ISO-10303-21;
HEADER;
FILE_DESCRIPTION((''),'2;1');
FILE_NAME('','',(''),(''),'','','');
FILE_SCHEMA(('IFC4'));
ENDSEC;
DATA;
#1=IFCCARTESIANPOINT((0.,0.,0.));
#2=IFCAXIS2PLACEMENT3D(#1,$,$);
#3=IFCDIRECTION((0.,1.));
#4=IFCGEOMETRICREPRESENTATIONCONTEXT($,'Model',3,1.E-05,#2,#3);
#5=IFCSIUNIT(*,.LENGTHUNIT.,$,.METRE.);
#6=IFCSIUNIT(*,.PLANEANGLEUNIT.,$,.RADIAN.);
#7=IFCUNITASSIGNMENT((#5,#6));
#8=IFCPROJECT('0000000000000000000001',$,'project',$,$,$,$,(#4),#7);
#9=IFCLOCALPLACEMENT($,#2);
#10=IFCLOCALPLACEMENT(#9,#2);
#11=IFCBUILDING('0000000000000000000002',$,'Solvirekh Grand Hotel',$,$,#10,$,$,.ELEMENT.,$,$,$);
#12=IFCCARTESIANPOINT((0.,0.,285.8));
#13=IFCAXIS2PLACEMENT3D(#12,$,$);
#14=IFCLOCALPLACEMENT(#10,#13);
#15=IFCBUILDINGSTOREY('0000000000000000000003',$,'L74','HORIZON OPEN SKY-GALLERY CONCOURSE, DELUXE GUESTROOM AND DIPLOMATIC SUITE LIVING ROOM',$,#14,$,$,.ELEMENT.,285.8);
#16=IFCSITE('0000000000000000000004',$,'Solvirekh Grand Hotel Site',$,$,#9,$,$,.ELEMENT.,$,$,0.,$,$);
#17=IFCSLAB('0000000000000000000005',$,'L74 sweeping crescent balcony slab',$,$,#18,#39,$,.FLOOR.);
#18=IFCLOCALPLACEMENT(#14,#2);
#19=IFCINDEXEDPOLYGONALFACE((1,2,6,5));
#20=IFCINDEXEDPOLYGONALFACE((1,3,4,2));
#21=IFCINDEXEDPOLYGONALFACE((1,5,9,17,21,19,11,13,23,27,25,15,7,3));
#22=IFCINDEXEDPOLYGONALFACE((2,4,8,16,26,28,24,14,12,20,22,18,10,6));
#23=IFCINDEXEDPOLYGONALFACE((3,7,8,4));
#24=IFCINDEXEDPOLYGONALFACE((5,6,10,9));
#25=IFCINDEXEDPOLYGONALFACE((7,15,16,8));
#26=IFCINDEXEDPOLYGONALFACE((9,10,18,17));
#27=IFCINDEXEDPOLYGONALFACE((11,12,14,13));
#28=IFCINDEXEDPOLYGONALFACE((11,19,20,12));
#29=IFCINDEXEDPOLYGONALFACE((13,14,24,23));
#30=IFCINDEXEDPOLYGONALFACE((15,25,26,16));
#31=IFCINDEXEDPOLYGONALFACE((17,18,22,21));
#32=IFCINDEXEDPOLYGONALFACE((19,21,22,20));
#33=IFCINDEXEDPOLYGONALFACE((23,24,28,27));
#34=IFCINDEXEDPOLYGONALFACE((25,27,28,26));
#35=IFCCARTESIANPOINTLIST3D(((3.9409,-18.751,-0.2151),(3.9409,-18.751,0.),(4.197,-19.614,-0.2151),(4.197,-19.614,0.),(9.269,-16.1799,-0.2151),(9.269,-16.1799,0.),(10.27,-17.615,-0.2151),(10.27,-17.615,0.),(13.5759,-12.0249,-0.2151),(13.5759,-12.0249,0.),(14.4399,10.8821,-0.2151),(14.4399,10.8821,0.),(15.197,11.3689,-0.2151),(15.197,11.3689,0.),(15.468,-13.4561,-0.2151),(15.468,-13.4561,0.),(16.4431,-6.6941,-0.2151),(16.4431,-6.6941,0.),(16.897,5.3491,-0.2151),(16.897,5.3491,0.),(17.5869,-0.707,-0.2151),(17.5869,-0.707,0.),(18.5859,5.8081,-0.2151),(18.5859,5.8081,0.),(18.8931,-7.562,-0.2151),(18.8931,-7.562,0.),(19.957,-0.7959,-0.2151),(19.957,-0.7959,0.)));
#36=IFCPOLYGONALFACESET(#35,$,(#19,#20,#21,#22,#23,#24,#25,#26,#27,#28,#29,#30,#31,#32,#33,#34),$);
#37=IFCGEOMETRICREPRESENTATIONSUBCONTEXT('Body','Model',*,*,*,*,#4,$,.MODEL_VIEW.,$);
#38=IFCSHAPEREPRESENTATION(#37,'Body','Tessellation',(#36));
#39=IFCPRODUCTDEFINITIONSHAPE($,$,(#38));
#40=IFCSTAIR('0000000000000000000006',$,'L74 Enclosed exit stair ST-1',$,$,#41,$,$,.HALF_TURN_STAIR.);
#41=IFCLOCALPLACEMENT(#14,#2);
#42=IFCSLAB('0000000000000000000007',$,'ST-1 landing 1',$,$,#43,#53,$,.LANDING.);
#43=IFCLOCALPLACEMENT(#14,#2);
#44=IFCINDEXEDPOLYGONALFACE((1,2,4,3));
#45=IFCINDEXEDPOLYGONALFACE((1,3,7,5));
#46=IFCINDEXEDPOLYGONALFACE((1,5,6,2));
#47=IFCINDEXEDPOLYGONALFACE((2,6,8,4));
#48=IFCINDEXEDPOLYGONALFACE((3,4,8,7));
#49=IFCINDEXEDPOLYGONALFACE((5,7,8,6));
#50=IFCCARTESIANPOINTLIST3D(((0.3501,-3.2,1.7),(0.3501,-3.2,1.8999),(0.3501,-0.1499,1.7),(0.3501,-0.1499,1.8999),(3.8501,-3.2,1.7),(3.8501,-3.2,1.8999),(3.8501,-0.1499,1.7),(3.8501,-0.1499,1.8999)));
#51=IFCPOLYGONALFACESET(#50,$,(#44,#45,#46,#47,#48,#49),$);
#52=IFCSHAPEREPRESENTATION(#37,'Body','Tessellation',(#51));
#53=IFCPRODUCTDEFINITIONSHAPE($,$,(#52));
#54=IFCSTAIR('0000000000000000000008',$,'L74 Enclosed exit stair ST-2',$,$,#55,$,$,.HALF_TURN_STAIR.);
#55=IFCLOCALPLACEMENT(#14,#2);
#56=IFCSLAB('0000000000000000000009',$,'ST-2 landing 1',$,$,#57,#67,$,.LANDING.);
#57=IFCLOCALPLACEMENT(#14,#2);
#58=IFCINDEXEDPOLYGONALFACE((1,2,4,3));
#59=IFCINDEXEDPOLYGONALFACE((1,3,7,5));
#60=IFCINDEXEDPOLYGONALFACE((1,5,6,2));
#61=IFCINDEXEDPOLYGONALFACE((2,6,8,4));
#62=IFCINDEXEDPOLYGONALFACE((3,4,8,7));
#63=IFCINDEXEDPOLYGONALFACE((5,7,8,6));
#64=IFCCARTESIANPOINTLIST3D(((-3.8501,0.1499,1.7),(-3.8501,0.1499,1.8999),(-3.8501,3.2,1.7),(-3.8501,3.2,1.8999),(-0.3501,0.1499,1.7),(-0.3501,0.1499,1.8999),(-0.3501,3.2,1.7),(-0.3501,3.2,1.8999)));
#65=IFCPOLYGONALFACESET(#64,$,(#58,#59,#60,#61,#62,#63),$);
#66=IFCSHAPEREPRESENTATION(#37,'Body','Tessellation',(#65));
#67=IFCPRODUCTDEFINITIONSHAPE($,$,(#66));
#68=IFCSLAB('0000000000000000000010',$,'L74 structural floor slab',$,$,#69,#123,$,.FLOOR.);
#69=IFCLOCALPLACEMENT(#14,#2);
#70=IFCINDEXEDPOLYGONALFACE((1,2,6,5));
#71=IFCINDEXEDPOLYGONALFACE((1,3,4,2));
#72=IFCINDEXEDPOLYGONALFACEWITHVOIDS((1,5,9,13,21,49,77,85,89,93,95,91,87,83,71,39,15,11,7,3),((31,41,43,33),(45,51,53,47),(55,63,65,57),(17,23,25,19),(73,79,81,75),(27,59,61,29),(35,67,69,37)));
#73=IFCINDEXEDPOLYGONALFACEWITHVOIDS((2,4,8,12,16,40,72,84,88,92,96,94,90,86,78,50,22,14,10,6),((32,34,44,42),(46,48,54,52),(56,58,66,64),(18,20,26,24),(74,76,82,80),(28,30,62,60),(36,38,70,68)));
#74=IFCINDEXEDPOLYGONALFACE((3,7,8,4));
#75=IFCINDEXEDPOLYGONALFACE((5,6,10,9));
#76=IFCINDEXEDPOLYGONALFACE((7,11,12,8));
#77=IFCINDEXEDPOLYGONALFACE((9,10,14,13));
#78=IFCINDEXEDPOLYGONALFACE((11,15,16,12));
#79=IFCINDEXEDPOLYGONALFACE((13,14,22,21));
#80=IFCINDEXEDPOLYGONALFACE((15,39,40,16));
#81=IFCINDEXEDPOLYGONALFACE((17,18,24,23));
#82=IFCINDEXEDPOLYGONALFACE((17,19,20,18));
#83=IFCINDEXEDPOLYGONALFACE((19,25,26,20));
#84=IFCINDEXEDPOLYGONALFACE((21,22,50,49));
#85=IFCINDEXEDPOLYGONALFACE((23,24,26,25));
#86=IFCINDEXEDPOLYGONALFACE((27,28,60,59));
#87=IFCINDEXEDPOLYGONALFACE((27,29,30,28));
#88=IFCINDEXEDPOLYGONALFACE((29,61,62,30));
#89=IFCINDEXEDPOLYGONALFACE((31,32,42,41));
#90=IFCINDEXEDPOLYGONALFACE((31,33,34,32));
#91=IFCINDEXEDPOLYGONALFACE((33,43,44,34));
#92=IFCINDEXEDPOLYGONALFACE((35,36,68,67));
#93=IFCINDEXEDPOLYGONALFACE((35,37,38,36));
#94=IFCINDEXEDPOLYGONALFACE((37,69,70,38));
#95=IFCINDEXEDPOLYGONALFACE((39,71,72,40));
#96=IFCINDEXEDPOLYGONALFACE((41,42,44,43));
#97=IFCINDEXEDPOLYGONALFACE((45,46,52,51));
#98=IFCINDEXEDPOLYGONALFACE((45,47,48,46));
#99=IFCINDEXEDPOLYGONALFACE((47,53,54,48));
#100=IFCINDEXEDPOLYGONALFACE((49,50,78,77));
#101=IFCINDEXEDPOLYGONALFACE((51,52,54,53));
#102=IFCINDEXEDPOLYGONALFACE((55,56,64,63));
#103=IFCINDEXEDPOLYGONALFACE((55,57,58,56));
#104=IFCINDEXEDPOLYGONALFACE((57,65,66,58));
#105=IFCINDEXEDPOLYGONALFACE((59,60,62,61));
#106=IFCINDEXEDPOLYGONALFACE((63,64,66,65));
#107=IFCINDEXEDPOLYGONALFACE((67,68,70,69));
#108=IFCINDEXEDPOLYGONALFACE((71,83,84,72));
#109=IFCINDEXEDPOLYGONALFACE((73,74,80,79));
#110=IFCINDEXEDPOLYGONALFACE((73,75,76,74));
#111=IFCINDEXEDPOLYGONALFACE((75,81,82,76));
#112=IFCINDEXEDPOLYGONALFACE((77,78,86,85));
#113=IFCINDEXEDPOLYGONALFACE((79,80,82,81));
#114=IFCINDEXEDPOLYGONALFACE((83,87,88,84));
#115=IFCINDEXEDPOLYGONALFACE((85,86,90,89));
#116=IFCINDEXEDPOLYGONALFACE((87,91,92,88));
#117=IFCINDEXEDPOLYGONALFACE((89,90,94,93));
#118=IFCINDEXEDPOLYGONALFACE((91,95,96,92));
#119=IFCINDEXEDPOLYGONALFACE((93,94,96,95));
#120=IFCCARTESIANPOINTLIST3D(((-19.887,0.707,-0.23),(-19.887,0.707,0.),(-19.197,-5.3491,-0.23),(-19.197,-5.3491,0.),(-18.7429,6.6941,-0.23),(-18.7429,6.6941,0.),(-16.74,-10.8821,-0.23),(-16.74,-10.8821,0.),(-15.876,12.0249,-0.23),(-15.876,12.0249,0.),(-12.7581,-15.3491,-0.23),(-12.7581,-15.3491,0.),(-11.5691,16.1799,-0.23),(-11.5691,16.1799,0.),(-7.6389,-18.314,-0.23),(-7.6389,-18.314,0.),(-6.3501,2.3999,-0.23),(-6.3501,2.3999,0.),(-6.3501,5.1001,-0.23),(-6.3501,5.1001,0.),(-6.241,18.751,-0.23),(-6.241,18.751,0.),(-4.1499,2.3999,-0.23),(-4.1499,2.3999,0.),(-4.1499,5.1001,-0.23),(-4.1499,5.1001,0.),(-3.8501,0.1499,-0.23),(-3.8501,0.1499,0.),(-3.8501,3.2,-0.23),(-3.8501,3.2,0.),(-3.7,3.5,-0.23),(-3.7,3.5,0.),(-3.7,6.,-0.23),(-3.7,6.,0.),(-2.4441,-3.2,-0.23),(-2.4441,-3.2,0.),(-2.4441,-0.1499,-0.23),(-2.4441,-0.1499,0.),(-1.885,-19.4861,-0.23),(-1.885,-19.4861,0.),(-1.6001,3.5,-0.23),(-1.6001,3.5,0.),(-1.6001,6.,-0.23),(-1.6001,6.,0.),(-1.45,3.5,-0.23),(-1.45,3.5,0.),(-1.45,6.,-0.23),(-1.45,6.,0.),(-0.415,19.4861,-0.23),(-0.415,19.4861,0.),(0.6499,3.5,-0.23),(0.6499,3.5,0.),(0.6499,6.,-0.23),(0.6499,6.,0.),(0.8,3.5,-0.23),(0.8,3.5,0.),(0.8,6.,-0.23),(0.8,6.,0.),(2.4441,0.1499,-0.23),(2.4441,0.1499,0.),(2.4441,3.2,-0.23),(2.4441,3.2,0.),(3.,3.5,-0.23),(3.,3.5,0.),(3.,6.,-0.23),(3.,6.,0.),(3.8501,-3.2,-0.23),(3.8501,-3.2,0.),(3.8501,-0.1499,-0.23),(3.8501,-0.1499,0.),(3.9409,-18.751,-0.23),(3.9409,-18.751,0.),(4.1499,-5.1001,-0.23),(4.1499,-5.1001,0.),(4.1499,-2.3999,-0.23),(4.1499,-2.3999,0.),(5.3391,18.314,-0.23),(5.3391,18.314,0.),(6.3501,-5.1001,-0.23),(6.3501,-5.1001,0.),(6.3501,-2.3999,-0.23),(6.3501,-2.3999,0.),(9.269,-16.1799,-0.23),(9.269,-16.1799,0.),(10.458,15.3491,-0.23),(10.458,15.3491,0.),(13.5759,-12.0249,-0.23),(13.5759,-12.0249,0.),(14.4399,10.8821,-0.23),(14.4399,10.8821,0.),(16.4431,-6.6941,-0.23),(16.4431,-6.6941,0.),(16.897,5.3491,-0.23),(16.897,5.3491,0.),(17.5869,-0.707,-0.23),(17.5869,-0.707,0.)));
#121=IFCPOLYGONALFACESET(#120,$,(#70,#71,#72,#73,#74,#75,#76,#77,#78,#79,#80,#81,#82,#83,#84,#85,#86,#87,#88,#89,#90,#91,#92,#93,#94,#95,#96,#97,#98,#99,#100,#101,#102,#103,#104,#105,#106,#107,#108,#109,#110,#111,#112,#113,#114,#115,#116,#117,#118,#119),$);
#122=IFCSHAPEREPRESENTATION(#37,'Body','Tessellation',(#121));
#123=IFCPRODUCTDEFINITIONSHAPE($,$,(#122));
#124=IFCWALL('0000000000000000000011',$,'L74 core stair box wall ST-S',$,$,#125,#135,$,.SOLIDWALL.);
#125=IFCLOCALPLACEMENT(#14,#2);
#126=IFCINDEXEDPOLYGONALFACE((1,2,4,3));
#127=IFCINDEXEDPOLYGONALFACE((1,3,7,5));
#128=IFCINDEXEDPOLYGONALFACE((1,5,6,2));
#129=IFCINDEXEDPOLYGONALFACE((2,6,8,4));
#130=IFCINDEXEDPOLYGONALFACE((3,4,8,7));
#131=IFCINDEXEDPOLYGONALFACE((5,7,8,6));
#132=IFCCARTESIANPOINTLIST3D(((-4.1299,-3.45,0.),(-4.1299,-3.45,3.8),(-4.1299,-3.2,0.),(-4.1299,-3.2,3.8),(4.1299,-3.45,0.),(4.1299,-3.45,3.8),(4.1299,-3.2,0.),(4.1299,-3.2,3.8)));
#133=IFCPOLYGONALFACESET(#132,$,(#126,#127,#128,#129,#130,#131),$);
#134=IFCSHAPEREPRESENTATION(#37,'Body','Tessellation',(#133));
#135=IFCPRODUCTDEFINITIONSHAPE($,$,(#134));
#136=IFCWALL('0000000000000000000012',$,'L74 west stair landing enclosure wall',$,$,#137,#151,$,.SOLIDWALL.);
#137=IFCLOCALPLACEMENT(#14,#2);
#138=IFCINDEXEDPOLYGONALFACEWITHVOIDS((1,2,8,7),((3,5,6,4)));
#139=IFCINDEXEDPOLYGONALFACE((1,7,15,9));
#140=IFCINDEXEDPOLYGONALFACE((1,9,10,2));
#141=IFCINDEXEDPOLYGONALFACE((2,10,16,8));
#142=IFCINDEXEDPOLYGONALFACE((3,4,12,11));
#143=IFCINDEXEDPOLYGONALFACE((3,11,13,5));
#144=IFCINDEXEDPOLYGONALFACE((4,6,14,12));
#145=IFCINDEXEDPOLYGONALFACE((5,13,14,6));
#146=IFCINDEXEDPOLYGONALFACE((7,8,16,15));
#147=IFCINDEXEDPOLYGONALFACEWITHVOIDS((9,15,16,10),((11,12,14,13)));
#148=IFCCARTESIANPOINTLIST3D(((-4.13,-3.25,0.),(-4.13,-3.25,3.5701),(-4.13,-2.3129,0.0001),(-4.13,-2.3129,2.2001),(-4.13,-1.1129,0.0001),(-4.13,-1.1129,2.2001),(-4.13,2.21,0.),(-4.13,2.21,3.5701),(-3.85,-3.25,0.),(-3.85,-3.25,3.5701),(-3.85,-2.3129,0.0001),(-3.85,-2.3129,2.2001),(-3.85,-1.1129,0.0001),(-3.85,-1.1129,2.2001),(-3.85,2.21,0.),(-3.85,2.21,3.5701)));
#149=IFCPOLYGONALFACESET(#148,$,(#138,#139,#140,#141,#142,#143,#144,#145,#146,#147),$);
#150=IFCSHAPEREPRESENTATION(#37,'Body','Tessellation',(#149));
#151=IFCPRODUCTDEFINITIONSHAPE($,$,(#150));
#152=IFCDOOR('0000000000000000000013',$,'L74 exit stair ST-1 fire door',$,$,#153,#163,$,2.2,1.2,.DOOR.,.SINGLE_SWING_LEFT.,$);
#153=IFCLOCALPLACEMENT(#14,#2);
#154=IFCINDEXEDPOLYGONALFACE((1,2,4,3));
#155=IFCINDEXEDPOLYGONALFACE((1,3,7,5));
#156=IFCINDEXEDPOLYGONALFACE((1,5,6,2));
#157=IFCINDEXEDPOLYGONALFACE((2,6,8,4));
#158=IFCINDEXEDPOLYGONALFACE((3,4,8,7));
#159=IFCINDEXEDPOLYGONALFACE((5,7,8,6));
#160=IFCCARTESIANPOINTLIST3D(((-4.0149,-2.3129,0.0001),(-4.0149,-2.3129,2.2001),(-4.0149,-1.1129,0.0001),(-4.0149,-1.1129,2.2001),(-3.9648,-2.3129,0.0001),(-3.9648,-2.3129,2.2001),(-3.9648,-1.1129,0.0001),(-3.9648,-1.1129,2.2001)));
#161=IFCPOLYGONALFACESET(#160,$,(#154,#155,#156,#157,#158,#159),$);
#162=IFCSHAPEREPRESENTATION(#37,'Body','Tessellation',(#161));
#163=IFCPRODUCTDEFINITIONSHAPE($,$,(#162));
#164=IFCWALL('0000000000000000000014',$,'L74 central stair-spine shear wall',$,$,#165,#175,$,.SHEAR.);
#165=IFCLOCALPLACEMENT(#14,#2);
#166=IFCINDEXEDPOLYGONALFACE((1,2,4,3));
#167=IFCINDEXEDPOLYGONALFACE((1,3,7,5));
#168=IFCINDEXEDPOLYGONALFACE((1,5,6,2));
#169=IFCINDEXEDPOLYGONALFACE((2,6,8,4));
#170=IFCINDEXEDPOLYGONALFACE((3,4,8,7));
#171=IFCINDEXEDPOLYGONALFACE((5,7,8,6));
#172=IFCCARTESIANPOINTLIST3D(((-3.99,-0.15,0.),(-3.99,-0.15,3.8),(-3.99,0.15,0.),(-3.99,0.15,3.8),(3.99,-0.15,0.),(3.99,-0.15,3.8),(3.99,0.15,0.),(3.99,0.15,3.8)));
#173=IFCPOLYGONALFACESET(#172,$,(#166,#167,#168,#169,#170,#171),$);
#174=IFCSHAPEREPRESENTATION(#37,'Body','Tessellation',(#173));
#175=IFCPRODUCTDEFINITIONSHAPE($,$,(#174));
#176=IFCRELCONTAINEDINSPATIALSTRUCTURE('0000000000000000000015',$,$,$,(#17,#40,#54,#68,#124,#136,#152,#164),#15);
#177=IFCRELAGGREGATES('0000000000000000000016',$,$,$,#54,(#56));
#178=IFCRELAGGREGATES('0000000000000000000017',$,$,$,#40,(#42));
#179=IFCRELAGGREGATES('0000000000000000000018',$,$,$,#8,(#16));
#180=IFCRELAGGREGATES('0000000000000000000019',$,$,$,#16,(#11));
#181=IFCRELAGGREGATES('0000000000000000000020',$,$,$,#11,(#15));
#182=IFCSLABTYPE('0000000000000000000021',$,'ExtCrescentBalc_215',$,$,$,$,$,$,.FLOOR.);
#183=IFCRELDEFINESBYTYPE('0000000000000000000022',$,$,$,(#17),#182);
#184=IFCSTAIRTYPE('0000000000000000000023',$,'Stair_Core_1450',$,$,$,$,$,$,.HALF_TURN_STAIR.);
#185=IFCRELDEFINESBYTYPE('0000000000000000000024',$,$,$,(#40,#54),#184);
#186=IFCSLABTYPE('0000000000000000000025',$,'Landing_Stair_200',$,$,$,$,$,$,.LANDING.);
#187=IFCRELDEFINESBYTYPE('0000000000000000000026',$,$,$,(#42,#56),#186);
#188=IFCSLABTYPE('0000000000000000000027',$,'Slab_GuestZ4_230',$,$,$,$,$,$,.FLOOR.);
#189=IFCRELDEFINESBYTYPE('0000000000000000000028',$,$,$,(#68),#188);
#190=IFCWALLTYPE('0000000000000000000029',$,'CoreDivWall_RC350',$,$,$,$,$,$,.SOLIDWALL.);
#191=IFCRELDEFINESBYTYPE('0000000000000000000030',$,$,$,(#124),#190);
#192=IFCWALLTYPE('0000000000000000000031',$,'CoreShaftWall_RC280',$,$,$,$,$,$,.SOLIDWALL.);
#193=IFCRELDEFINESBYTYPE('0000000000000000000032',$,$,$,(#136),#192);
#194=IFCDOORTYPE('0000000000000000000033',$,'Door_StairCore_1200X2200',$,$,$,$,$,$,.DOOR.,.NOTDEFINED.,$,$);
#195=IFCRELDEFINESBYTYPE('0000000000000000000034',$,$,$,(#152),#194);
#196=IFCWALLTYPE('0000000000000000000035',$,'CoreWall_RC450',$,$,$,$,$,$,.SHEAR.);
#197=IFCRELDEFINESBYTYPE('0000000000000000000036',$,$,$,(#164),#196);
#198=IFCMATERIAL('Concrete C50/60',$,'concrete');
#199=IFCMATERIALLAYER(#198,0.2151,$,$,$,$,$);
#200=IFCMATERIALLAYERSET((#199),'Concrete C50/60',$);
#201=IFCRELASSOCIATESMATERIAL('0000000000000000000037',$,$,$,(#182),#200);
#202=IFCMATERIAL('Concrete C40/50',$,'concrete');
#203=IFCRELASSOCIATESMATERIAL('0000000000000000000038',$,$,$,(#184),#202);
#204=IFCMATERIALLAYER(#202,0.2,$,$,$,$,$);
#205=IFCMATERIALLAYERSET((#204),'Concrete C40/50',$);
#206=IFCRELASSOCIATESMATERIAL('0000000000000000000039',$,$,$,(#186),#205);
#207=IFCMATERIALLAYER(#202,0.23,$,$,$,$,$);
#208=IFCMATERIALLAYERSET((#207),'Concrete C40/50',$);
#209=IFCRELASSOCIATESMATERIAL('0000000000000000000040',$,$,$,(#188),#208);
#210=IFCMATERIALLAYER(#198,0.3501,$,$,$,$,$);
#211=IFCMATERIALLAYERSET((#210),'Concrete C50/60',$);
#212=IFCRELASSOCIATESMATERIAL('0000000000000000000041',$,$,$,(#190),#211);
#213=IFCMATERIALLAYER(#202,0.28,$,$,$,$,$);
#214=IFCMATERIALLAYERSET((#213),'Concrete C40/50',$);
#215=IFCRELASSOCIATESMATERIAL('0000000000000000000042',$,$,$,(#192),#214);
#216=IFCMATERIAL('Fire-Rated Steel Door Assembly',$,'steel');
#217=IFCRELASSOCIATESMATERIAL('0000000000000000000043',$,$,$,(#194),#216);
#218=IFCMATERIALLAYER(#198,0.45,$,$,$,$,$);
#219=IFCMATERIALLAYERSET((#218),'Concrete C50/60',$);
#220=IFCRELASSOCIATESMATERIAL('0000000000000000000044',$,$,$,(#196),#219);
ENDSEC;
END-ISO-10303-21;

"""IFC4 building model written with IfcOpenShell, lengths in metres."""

from ifc_helpers import new_model, si_unit, direction, frame, frame_2d, origin, place, context, subcontext, project, spatial, polyline, rectangle, outline, extrude, material, layer, layer_set, type_object, element, fill, aggregate, save


model = new_model("IFC4")

# Units and contexts
model_context = context("Model", 3, precision=1e-05, world=origin(), true_north=direction((0.0, 1.0)))
body_context = subcontext(model_context, "Body", "Model", "MODEL_VIEW")
ifc_project = project(units=[si_unit("LENGTHUNIT", "METRE"), si_unit("PLANEANGLEUNIT", "RADIAN")], contexts=[model_context])

# Site, building, storey
site_placement = place(None, origin())
site = spatial("IfcSite", under=ifc_project, at=site_placement, Name="Solvirekh Grand Hotel Site", CompositionType="ELEMENT", RefElevation=0.0)
building_placement = place(site_placement, origin())
building = spatial("IfcBuilding", under=site, at=building_placement, Name="Solvirekh Grand Hotel", CompositionType="ELEMENT")
storey_placement = place(building_placement, frame((0.0, 0.0, 285.8)))
storey = spatial("IfcBuildingStorey", under=building, at=storey_placement, Name="L74", Description="HORIZON OPEN SKY-GALLERY CONCOURSE, DELUXE GUESTROOM AND DIPLOMATIC SUITE LIVING ROOM", CompositionType="ELEMENT", Elevation=285.8)

# Slab
ifc_material_1 = material(Name="Concrete C50/60", Category="concrete")
ifc_layer_1 = layer(ifc_material_1, 0.2151)
ifc_layer_set_1 = layer_set([ifc_layer_1], Name="Concrete C50/60")
slab_type_1 = type_object("IfcSlabType", Name="ExtCrescentBalc_215", PredefinedType="FLOOR", material=ifc_layer_set_1)
slab_1_placement = place(storey_placement, frame((0.0, 0.0, -0.2151)))
element("IfcSlab", 1, at=slab_1_placement, inside=storey, type_object=slab_type_1, Name="L74 sweeping crescent balcony slab", PredefinedType="FLOOR", context=body_context, shape_type="SweptSolid", body=[
    extrude(outline(polyline([(4.197, -19.614), (10.27, -17.615), (15.468, -13.4561), (18.8931, -7.562), (19.957, -0.7959), (18.5859, 5.8081), (15.197, 11.3689), (14.4399, 10.8821), (16.897, 5.3491), (17.5869, -0.707), (16.4431, -6.6941), (13.5759, -12.0249), (9.269, -16.1799), (3.9409, -18.751), (4.197, -19.614)])), origin(), (0.0, 0.0, 1.0), 0.2151),
])

# Stairs, slabs
ifc_material_2 = material(Name="Concrete C40/50", Category="concrete")
stair_type = type_object("IfcStairType", Name="Stair_Core_1450", PredefinedType="HALF_TURN_STAIR", material=ifc_material_2)
stair_1_placement = place(storey_placement, origin())
stair_1 = element("IfcStair", 2, at=stair_1_placement, inside=storey, type_object=stair_type, Name="L74 Enclosed exit stair ST-1", PredefinedType="HALF_TURN_STAIR")
ifc_layer_2 = layer(ifc_material_2, 0.2)
ifc_layer_set_2 = layer_set([ifc_layer_2], Name="Concrete C40/50")
slab_type_2 = type_object("IfcSlabType", Name="Landing_Stair_200", PredefinedType="LANDING", material=ifc_layer_set_2)
slab_2_placement = place(storey_placement, frame((0.0, 0.0, 1.7)))
slab_2 = element("IfcSlab", 3, at=slab_2_placement, type_object=slab_type_2, Name="ST-1 landing 1", PredefinedType="LANDING", context=body_context, shape_type="SweptSolid", body=[
    extrude(outline(polyline([(0.3501, -3.2), (3.8501, -3.2), (3.8501, -0.1499), (0.3501, -0.1499), (0.3501, -3.2)])), origin(), (0.0, 0.0, 1.0), 0.2),
])
stair_2_placement = place(storey_placement, origin())
stair_2 = element("IfcStair", 4, at=stair_2_placement, inside=storey, type_object=stair_type, Name="L74 Enclosed exit stair ST-2", PredefinedType="HALF_TURN_STAIR")
slab_3_placement = place(storey_placement, frame((0.0, 0.0, 1.7)))
slab_3 = element("IfcSlab", 5, at=slab_3_placement, type_object=slab_type_2, Name="ST-2 landing 1", PredefinedType="LANDING", context=body_context, shape_type="SweptSolid", body=[
    extrude(outline(polyline([(-0.3501, 3.2), (-3.8501, 3.2), (-3.8501, 0.1499), (-0.3501, 0.1499), (-0.3501, 3.2)])), origin(), (0.0, 0.0, 1.0), 0.2),
])
aggregate(stair_2, [slab_3])

# Slab
ifc_layer_3 = layer(ifc_material_2, 0.23)
ifc_layer_set_3 = layer_set([ifc_layer_3], Name="Concrete C40/50")
slab_type_3 = type_object("IfcSlabType", Name="Slab_GuestZ4_230", PredefinedType="FLOOR", material=ifc_layer_set_3)
slab_4_placement = place(storey_placement, frame((0.0, 0.0, -0.23)))
element("IfcSlab", 6, at=slab_4_placement, inside=storey, type_object=slab_type_3, Name="L74 structural floor slab", PredefinedType="FLOOR", context=body_context, shape_type="SweptSolid", body=[
    extrude(outline(polyline([(-1.885, -19.4861), (3.9409, -18.751), (9.269, -16.1799), (13.5759, -12.0249), (16.4431, -6.6941), (17.5869, -0.707), (16.897, 5.3491), (14.4399, 10.8821), (10.458, 15.3491), (5.3391, 18.314), (-0.415, 19.4861), (-6.241, 18.751), (-11.5691, 16.1799), (-15.876, 12.0249), (-18.7429, 6.6941), (-19.887, 0.707), (-19.197, -5.3491), (-16.74, -10.8821), (-12.7581, -15.3491), (-7.6389, -18.314), (-1.885, -19.4861)]), holes=[polyline([(-2.4441, -0.1499), (3.8501, -0.1499), (3.8501, -3.2), (-2.4441, -3.2), (-2.4441, -0.1499)]), polyline([(2.4441, 0.1499), (-3.8501, 0.1499), (-3.8501, 3.2), (2.4441, 3.2), (2.4441, 0.1499)]), polyline([(-3.7, 6.0), (-1.6001, 6.0), (-1.6001, 3.5), (-3.7, 3.5), (-3.7, 6.0)]), polyline([(-1.45, 6.0), (0.6499, 6.0), (0.6499, 3.5), (-1.45, 3.5), (-1.45, 6.0)]), polyline([(0.8, 6.0), (3.0, 6.0), (3.0, 3.5), (0.8, 3.5), (0.8, 6.0)]), polyline([(-6.3501, 5.1001), (-4.1499, 5.1001), (-4.1499, 2.3999), (-6.3501, 2.3999), (-6.3501, 5.1001)]), polyline([(4.1499, -2.3999), (6.3501, -2.3999), (6.3501, -5.1001), (4.1499, -5.1001), (4.1499, -2.3999)])]), origin(), (0.0, 0.0, 1.0), 0.23),
])

# Wall
ifc_layer_4 = layer(ifc_material_1, 0.3501)
ifc_layer_set_4 = layer_set([ifc_layer_4], Name="Concrete C50/60")
wall_type_1 = type_object("IfcWallType", Name="CoreDivWall_RC350", PredefinedType="SOLIDWALL", material=ifc_layer_set_4)
wall_1_placement = place(storey_placement, frame((-4.1299, -3.325, 0.0), z_axis=(0.0, 0.0, 1.0), x_axis=(1.0, 0.0, 0.0)))
element("IfcWall", 7, at=wall_1_placement, inside=storey, type_object=wall_type_1, Name="L74 core stair box wall ST-S", PredefinedType="SOLIDWALL", context=body_context, shape_type="SweptSolid", body=[
    extrude(rectangle(XDim=8.2598, YDim=0.25, at=frame_2d((4.1299, 0.0))), origin(), (0.0, 0.0, 1.0), 3.8),
])

# Wall, opening, door
ifc_layer_5 = layer(ifc_material_2, 0.28)
ifc_layer_set_5 = layer_set([ifc_layer_5], Name="Concrete C40/50")
wall_type_2 = type_object("IfcWallType", Name="CoreShaftWall_RC280", PredefinedType="SOLIDWALL", material=ifc_layer_set_5)
wall_2_placement = place(storey_placement, frame((-3.99, -3.25, 0.0), z_axis=(0.0, 0.0, 1.0), x_axis=(0.0, 1.0, 0.0)))
wall_2 = element("IfcWall", 8, at=wall_2_placement, inside=storey, type_object=wall_type_2, Name="L74 west stair landing enclosure wall", PredefinedType="SOLIDWALL", context=body_context, shape_type="SweptSolid", body=[
    extrude(rectangle(XDim=5.46, YDim=0.28, at=frame_2d((2.73, 0.0))), origin(), (0.0, 0.0, 1.0), 3.5701),
])
opening_1_placement = place(wall_2_placement, frame((0.937, 0.0, 0.0)))
opening_1 = element("IfcOpeningElement", 9, at=opening_1_placement, cuts=wall_2, PredefinedType="OPENING", context=body_context, shape_type="SweptSolid", body=[
    extrude(rectangle(XDim=1.2, YDim=2.2, at=frame_2d((0.6001, 1.1001))), frame((0.0, 0.1499, 0.0), z_axis=(0.0, -1.0, 0.0), x_axis=(1.0, 0.0, 0.0)), (0.0, 0.0, 1.0), 0.3),
])
ifc_material_3 = material(Name="Fire-Rated Steel Door Assembly", Category="steel")
door_type_1 = type_object("IfcDoorType", Name="Door_StairCore_1200X2200", OperationType="NOTDEFINED", PredefinedType="DOOR", material=ifc_material_3)
door_1_placement = place(opening_1_placement, origin())
door_1 = element("IfcDoor", 10, at=door_1_placement, inside=storey, type_object=door_type_1, Name="L74 exit stair ST-1 fire door", OperationType="SINGLE_SWING_LEFT", OverallHeight=2.2, OverallWidth=1.2, PredefinedType="DOOR", context=body_context, shape_type="SweptSolid", body=[
    extrude(rectangle(XDim=1.2, YDim=2.2, at=frame_2d((0.6001, 1.1001))), frame((0.0, 0.0249, 0.0), z_axis=(0.0, -1.0, 0.0), x_axis=(1.0, 0.0, 0.0)), (0.0, 0.0, 1.0), 0.05),
])
fill(opening_1, door_1)

# Wall
ifc_layer_6 = layer(ifc_material_1, 0.45)
ifc_layer_set_6 = layer_set([ifc_layer_6], Name="Concrete C50/60")
wall_type_3 = type_object("IfcWallType", Name="CoreWall_RC450", PredefinedType="SHEAR", material=ifc_layer_set_6)
wall_3_placement = place(storey_placement, frame((-3.99, 0.0, 0.0), z_axis=(0.0, 0.0, 1.0), x_axis=(1.0, 0.0, 0.0)))
element("IfcWall", 11, at=wall_3_placement, inside=storey, type_object=wall_type_3, Name="L74 central stair-spine shear wall", PredefinedType="SHEAR", context=body_context, shape_type="SweptSolid", body=[
    extrude(rectangle(XDim=7.98, YDim=0.3, at=frame_2d((3.99, 0.0))), origin(), (0.0, 0.0, 1.0), 3.8),
])

aggregate(stair_1, [slab_2])

save(model, "model.ifc")
